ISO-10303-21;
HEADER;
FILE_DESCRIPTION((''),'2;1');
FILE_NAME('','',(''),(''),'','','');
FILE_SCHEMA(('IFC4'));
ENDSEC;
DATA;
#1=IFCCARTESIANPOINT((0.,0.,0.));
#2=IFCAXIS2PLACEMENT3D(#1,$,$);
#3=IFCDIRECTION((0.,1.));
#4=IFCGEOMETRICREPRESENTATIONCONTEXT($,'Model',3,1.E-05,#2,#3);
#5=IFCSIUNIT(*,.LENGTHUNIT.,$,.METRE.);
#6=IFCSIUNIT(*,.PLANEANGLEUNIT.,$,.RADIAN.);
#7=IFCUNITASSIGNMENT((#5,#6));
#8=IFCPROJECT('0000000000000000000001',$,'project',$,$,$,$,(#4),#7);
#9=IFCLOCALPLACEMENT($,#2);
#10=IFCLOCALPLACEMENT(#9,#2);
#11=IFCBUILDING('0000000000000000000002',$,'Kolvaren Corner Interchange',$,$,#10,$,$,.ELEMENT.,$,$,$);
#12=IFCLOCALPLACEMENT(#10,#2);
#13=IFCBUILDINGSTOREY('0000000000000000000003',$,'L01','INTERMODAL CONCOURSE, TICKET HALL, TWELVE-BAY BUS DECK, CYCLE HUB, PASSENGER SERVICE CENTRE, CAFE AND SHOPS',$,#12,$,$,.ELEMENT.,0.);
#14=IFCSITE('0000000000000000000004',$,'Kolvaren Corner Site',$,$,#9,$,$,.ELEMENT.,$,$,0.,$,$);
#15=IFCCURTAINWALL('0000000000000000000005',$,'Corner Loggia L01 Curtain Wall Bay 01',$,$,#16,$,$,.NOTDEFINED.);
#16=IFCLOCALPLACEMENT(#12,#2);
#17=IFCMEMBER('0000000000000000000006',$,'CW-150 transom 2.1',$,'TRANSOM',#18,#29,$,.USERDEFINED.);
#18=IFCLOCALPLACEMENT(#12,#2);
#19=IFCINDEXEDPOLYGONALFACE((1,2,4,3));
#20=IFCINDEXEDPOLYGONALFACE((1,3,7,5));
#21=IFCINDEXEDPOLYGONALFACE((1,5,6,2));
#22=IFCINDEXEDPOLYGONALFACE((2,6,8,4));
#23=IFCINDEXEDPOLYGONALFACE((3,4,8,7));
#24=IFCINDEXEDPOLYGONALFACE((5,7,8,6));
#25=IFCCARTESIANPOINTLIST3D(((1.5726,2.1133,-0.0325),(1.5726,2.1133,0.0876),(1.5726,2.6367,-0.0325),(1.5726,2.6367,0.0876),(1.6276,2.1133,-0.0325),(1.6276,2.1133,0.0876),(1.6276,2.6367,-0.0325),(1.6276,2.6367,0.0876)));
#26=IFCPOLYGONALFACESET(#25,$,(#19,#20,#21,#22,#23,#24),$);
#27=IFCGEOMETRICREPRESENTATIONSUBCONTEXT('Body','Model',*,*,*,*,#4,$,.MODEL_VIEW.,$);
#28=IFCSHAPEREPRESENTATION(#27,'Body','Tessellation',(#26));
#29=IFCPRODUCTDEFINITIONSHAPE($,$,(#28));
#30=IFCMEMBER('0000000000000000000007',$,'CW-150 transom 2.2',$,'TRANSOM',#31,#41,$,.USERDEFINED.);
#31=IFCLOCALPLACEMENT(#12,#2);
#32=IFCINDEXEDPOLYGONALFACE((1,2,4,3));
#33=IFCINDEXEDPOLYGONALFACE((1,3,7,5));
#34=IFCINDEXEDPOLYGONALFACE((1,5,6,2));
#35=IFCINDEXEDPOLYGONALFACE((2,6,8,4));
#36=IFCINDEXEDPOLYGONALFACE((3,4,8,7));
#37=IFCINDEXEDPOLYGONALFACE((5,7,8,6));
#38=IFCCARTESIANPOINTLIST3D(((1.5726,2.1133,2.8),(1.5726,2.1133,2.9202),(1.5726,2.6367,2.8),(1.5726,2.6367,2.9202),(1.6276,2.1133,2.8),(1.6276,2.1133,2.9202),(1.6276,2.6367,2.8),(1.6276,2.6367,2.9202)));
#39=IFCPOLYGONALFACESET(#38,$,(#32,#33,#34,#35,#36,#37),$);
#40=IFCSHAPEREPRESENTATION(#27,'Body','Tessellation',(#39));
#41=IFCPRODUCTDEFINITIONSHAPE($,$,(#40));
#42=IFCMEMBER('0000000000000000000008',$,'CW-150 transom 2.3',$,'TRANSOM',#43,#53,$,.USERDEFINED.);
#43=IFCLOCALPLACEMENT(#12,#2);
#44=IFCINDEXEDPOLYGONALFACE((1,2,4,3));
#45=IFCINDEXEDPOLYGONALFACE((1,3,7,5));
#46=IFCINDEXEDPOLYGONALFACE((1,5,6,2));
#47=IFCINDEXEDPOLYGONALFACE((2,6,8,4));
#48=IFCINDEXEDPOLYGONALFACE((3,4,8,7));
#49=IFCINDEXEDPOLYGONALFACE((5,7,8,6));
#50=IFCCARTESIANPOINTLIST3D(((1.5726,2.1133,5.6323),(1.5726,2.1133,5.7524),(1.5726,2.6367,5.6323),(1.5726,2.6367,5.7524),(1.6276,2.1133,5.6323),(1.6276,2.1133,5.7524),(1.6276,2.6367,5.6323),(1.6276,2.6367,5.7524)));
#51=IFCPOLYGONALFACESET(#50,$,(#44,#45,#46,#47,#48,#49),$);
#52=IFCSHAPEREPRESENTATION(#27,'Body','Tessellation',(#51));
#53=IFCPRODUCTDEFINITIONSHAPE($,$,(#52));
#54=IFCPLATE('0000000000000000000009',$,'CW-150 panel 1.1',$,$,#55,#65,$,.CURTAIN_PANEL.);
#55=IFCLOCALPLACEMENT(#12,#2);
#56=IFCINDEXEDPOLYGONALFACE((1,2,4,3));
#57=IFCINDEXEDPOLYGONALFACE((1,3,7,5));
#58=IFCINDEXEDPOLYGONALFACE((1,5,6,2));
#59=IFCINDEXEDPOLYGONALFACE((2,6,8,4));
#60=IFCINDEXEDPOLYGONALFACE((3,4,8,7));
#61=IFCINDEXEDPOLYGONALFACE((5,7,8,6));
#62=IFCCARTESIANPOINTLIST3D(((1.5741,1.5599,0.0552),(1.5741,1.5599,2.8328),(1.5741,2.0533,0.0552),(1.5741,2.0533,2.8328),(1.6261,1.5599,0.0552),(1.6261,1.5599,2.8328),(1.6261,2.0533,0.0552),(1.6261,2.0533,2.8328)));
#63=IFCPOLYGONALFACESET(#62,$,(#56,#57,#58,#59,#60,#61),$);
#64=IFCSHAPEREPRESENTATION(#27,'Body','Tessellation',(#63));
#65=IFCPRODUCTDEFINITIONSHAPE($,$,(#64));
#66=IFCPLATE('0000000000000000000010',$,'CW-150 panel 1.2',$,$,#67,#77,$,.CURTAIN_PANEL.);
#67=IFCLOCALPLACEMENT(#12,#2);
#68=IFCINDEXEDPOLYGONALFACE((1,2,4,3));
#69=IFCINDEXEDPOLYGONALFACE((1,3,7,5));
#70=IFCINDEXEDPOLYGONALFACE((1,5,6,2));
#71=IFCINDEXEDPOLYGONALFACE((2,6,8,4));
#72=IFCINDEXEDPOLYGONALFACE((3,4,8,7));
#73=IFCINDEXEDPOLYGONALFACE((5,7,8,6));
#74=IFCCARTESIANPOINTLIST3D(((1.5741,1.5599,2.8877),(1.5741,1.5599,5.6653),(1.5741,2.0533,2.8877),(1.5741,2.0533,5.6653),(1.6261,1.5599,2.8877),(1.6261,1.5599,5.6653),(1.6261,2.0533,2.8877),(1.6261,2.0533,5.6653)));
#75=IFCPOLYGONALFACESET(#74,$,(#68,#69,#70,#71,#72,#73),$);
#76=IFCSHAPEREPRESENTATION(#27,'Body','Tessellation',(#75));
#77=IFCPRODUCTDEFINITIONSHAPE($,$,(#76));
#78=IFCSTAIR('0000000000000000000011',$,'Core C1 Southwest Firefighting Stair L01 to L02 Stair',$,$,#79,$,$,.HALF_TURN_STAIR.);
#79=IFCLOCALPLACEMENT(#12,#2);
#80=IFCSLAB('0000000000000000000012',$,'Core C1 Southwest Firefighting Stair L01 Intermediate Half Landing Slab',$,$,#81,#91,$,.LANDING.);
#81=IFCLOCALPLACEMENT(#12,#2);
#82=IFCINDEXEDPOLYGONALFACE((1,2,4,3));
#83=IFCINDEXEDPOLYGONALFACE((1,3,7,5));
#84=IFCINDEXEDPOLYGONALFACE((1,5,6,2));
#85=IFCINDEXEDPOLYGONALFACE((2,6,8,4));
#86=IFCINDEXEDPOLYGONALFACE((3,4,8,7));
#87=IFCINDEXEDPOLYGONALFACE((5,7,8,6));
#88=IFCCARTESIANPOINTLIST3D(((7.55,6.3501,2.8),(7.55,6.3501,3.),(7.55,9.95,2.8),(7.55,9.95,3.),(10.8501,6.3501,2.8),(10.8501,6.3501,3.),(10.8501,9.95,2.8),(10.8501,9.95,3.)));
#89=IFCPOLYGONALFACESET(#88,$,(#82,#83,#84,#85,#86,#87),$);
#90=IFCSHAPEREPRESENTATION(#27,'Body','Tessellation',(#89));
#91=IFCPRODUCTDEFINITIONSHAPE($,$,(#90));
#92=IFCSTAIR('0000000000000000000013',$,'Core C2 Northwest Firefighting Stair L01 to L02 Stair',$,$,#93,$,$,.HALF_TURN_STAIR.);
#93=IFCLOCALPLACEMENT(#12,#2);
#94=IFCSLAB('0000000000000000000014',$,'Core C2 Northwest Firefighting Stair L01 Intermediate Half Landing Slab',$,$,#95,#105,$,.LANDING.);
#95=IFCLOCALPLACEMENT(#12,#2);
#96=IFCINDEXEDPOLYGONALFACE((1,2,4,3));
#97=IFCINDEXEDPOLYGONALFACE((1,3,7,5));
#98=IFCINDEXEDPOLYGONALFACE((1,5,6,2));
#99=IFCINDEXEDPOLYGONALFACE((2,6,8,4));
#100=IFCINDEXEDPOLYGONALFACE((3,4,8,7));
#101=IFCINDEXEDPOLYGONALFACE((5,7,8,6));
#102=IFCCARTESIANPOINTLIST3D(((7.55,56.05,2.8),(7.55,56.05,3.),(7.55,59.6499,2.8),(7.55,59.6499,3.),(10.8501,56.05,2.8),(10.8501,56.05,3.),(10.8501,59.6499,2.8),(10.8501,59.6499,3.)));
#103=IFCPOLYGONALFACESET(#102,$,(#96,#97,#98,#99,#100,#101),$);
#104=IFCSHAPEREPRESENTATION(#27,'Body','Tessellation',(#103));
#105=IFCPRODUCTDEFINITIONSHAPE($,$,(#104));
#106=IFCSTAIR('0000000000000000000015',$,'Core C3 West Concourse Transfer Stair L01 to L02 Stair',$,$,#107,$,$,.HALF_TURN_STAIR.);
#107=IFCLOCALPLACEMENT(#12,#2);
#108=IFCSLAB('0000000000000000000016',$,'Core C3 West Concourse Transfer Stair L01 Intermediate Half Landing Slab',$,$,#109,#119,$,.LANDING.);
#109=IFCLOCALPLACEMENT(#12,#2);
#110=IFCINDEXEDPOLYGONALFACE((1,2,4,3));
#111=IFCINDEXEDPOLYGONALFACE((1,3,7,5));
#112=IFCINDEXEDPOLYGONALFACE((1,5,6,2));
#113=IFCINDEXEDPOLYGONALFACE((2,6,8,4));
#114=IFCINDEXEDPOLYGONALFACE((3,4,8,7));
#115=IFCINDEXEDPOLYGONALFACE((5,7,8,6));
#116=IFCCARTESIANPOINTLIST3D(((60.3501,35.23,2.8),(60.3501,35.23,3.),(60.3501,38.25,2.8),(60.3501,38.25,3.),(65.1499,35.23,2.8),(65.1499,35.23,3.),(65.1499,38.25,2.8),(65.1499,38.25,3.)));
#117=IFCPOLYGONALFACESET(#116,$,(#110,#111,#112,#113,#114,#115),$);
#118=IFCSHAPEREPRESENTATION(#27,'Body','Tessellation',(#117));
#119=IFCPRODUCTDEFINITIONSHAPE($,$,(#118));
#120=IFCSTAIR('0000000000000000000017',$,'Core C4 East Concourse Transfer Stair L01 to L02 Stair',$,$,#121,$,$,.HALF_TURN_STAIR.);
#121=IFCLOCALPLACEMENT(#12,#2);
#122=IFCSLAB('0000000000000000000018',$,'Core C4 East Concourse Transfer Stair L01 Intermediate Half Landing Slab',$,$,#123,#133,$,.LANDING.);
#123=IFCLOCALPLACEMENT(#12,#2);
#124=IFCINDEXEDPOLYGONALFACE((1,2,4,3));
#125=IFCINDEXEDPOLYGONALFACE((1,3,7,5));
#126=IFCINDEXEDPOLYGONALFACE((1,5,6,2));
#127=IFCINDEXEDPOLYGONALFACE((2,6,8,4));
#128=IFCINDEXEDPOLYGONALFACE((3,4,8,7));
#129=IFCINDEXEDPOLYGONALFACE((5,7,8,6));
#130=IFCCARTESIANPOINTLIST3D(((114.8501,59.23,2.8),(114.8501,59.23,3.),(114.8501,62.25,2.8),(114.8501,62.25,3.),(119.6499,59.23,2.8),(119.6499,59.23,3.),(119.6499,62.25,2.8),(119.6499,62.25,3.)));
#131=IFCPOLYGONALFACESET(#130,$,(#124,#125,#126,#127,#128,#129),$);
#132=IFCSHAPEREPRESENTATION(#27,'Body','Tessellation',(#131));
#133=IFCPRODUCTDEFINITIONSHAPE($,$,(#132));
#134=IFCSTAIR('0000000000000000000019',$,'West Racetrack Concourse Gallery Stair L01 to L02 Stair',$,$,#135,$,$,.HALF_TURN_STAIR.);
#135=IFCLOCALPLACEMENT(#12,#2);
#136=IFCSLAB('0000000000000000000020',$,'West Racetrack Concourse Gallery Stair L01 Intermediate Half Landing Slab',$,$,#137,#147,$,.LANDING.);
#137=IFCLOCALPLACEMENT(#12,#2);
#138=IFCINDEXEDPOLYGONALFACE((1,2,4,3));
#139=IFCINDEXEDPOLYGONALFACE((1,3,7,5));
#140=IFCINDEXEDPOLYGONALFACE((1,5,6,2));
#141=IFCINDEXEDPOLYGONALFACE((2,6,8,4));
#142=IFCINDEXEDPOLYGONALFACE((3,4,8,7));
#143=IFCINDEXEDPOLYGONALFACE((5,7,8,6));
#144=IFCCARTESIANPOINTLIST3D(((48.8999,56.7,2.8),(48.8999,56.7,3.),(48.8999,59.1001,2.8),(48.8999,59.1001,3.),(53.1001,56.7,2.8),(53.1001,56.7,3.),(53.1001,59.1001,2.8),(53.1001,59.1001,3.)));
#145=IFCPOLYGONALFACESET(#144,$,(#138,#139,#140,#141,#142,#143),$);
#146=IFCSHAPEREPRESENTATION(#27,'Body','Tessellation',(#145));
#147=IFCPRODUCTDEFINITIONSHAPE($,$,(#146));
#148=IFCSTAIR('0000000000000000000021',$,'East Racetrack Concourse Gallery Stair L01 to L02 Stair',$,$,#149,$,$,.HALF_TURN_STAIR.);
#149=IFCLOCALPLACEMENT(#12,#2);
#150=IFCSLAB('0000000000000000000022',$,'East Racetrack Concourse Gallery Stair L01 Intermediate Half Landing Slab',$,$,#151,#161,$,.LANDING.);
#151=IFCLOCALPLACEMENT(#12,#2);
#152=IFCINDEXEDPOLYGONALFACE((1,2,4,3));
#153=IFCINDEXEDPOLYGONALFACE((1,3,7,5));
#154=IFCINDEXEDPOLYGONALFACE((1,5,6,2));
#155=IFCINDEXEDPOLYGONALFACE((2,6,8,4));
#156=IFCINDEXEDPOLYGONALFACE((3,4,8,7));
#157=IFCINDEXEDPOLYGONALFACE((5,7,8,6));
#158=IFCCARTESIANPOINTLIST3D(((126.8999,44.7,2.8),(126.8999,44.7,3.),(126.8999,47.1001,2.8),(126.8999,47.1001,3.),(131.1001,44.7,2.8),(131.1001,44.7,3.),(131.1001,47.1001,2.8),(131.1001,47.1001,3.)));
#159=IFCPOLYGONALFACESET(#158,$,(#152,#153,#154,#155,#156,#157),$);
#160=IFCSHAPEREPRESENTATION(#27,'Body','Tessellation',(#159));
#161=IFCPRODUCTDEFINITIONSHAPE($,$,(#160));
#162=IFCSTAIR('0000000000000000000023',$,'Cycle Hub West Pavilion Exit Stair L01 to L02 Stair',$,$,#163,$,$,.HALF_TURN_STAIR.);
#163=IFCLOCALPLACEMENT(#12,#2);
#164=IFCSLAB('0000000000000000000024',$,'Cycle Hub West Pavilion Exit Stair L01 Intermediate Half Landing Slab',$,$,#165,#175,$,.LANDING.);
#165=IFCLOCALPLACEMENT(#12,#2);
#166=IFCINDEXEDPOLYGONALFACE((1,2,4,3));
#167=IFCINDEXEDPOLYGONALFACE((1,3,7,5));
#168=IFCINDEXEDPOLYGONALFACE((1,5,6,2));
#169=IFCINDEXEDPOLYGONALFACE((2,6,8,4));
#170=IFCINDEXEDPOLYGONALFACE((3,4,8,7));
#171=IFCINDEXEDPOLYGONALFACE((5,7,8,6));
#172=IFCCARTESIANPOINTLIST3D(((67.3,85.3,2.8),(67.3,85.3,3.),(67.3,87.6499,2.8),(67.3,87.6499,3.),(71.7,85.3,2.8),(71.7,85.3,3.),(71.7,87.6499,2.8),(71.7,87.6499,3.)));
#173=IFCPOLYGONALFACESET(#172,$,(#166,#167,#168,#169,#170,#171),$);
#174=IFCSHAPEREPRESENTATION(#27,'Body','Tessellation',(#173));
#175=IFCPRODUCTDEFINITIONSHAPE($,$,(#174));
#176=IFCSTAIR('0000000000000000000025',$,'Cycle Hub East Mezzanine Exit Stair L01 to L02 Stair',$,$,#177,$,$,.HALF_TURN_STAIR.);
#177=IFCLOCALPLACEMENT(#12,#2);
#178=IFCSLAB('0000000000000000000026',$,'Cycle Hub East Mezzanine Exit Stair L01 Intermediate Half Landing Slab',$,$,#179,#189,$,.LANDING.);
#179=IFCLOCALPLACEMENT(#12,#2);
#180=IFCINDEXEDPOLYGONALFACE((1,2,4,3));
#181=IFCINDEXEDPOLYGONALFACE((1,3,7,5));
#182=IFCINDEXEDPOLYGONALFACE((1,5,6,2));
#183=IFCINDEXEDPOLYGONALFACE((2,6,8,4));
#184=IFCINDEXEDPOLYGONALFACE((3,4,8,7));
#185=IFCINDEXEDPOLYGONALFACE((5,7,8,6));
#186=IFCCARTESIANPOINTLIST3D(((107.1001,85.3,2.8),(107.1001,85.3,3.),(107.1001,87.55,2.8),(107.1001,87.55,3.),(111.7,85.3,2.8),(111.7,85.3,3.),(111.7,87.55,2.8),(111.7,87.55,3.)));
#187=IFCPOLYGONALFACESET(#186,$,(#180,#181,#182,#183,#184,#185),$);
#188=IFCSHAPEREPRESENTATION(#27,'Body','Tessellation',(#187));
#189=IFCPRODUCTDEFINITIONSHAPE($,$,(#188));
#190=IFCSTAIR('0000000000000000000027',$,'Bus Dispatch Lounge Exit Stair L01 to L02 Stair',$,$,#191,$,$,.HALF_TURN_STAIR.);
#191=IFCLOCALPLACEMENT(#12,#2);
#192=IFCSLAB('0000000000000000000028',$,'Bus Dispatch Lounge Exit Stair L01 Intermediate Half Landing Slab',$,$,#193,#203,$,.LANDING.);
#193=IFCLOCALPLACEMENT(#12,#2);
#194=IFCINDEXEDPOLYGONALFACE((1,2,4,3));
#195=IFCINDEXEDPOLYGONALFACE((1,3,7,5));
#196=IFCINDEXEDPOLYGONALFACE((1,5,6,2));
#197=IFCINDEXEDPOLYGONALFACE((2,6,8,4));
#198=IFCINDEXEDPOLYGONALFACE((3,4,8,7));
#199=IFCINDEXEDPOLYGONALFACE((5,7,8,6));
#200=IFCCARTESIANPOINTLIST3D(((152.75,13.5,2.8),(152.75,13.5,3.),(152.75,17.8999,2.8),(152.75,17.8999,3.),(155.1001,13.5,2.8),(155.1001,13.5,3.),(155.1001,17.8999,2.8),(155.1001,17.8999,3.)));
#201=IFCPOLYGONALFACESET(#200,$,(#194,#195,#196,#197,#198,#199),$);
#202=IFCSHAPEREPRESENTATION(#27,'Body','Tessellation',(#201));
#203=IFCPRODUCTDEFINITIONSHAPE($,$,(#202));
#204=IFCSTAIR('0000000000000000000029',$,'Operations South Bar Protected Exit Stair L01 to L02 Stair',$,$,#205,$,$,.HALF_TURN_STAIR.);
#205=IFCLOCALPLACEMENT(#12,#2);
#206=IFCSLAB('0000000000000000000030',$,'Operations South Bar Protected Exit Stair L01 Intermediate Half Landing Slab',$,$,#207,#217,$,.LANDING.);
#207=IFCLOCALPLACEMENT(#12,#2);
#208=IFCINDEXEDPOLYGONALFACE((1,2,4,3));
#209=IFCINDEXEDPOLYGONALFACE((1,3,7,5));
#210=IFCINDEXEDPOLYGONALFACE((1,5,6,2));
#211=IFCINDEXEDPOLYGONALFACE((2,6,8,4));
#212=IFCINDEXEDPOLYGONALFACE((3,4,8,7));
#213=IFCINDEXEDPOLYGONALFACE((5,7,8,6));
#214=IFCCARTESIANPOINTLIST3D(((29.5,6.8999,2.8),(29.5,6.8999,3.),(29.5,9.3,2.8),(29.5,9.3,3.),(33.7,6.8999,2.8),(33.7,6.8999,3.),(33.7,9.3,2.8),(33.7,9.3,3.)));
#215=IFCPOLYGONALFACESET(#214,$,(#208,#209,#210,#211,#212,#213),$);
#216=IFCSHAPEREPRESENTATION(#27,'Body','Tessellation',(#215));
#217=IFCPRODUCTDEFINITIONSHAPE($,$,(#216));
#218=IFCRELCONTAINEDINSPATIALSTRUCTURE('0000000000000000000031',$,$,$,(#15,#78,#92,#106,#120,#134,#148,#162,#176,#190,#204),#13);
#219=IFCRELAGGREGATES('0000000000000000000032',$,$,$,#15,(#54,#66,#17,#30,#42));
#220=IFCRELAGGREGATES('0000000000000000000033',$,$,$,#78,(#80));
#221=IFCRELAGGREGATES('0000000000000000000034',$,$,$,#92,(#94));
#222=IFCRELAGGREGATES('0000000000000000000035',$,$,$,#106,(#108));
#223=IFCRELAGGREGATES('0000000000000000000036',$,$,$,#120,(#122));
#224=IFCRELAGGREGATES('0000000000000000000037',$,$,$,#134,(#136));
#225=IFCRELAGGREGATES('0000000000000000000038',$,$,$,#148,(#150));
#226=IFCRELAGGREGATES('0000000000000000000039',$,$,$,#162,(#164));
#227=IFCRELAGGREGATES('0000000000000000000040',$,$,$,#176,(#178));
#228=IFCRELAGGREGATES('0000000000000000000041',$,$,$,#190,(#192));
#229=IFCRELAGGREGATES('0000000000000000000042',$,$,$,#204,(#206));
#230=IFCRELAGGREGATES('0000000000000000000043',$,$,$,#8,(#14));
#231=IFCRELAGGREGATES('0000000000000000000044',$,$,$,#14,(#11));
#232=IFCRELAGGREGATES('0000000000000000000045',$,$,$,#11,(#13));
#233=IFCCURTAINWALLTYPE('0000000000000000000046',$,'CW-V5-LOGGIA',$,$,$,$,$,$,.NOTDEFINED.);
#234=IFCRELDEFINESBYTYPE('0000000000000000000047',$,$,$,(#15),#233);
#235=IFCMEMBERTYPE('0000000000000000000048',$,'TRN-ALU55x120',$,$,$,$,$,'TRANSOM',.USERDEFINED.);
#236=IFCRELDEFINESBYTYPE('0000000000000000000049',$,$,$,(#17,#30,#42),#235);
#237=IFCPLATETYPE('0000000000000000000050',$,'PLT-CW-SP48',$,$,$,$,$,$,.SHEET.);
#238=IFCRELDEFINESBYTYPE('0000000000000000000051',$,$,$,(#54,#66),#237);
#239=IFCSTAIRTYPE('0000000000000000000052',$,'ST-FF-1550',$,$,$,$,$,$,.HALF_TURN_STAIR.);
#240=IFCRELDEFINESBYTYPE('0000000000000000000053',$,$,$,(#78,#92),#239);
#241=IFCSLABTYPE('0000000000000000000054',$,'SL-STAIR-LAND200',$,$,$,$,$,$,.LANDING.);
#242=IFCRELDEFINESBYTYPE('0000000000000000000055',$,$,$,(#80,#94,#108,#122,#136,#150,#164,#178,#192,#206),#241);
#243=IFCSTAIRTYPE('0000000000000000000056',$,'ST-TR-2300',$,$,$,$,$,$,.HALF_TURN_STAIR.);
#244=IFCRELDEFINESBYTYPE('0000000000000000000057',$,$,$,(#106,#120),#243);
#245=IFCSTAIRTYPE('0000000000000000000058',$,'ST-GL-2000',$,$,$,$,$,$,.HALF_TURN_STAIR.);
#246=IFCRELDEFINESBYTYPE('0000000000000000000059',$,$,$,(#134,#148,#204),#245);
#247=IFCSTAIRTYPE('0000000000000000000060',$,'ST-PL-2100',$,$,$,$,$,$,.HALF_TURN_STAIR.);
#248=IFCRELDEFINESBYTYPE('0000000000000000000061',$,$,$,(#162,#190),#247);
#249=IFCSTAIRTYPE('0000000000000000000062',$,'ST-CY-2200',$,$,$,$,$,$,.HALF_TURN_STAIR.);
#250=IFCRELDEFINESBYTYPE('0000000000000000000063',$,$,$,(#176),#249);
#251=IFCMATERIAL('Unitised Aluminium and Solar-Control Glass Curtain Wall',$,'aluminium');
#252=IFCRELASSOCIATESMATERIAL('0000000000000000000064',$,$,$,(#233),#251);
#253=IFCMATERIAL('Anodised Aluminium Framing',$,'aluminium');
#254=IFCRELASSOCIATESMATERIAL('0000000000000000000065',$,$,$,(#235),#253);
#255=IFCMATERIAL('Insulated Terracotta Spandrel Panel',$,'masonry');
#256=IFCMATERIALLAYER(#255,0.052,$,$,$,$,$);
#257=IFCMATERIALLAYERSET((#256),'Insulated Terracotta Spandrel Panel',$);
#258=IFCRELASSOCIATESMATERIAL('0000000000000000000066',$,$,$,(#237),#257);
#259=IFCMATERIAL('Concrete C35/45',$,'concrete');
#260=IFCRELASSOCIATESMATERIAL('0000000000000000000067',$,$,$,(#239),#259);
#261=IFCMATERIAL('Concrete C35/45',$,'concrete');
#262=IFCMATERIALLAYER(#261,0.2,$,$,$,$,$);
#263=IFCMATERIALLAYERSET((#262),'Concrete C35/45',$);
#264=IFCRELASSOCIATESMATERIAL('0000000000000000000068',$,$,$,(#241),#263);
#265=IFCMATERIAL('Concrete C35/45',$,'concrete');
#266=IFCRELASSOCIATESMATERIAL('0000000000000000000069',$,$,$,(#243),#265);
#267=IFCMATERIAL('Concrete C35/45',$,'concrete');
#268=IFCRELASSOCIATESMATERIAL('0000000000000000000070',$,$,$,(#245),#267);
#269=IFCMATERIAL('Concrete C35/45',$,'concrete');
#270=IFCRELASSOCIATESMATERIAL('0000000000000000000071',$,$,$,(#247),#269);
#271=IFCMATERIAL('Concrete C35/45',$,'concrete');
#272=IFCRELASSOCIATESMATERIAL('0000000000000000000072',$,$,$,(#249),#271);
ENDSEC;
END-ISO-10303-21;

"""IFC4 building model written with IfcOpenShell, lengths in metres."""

from ifc_helpers import new_model, si_unit, direction, frame, origin, origin_2d, place, context, subcontext, project, spatial, polyline, rectangle, outline, extrude, material, layer, layer_set, material_profile, profile_set, type_object, element, aggregate, save


model = new_model("IFC4")

# Units and contexts
model_context = context("Model", 3, precision=1e-05, world=origin(), true_north=direction((0.0, 1.0)))
body_context = subcontext(model_context, "Body", "Model", "MODEL_VIEW")
ifc_project = project(units=[si_unit("LENGTHUNIT", "METRE"), si_unit("PLANEANGLEUNIT", "RADIAN")], contexts=[model_context])

# Site, building, storey
site_placement = place(None, origin())
site = spatial("IfcSite", under=ifc_project, at=site_placement, Name="Kolvaren Corner Site", CompositionType="ELEMENT", RefElevation=0.0)
building_placement = place(site_placement, origin())
building = spatial("IfcBuilding", under=site, at=building_placement, Name="Kolvaren Corner Interchange", CompositionType="ELEMENT")
storey_placement = place(building_placement, origin())
storey = spatial("IfcBuildingStorey", under=building, at=storey_placement, Name="L01", Description="INTERMODAL CONCOURSE, TICKET HALL, TWELVE-BAY BUS DECK, CYCLE HUB, PASSENGER SERVICE CENTRE, CAFE AND SHOPS", CompositionType="ELEMENT", Elevation=0.0)

# Curtain wall
ifc_material_1 = material(Name="Unitised Aluminium and Solar-Control Glass Curtain Wall", Category="aluminium")
curtain_wall_type = type_object("IfcCurtainWallType", Name="CW-V5-LOGGIA", PredefinedType="NOTDEFINED", material=ifc_material_1)
curtain_wall_placement = place(storey_placement, origin())
curtain_wall = element("IfcCurtainWall", 1, at=curtain_wall_placement, inside=storey, type_object=curtain_wall_type, Name="Corner Loggia L01 Curtain Wall Bay 01", PredefinedType="NOTDEFINED")

# Members
ifc_material_2 = material(Name="Anodised Aluminium Framing", Category="aluminium")
ifc_material_profile_1 = material_profile(ifc_material_2, rectangle(XDim=0.0549, YDim=0.1201, at=origin_2d()), Name="ALU 55x120")
ifc_profile_set_1 = profile_set([ifc_material_profile_1], Name="Anodised Aluminium Framing")
member_type_1 = type_object("IfcMemberType", Name="TRN-ALU55x120", ElementType="TRANSOM", PredefinedType="USERDEFINED", material=ifc_profile_set_1)
member_1_placement = place(storey_placement, frame((1.6001, 2.1133, 0.0276), z_axis=(0.0, 1.0, 0.0), x_axis=(-1.0, 0.0, 0.0)))
member_1 = element("IfcMember", 2, at=member_1_placement, type_object=member_type_1, Name="CW-150 transom 2.1", ObjectType="TRANSOM", PredefinedType="USERDEFINED", context=body_context, shape_type="SweptSolid", body=[
    extrude(rectangle(XDim=0.0549, YDim=0.1201, at=origin_2d()), origin(), (0.0, 0.0, 1.0), 0.5234),
])
member_2_placement = place(storey_placement, frame((1.6001, 2.1133, 2.8601), z_axis=(0.0, 1.0, 0.0), x_axis=(-1.0, 0.0, 0.0)))
member_2 = element("IfcMember", 3, at=member_2_placement, type_object=member_type_1, Name="CW-150 transom 2.2", ObjectType="TRANSOM", PredefinedType="USERDEFINED", context=body_context, shape_type="SweptSolid", body=[
    extrude(rectangle(XDim=0.0549, YDim=0.1201, at=origin_2d()), origin(), (0.0, 0.0, 1.0), 0.5234),
])
member_3_placement = place(storey_placement, frame((1.6001, 2.1133, 5.6924), z_axis=(0.0, 1.0, 0.0), x_axis=(-1.0, 0.0, 0.0)))
member_3 = element("IfcMember", 4, at=member_3_placement, type_object=member_type_1, Name="CW-150 transom 2.3", ObjectType="TRANSOM", PredefinedType="USERDEFINED", context=body_context, shape_type="SweptSolid", body=[
    extrude(rectangle(XDim=0.0549, YDim=0.1201, at=origin_2d()), origin(), (0.0, 0.0, 1.0), 0.5234),
])

# Plates
ifc_material_3 = material(Name="Insulated Terracotta Spandrel Panel", Category="masonry")
ifc_layer_1 = layer(ifc_material_3, 0.052)
ifc_layer_set_1 = layer_set([ifc_layer_1], Name="Insulated Terracotta Spandrel Panel")
plate_type = type_object("IfcPlateType", Name="PLT-CW-SP48", PredefinedType="SHEET", material=ifc_layer_set_1)
plate_1_placement = place(storey_placement, frame((1.6001, 1.8066, 0.0552), z_axis=(0.0, 0.0, 1.0), x_axis=(0.0, 1.0, 0.0)))
plate_1 = element("IfcPlate", 5, at=plate_1_placement, type_object=plate_type, Name="CW-150 panel 1.1", PredefinedType="CURTAIN_PANEL", context=body_context, shape_type="SweptSolid", body=[
    extrude(rectangle(XDim=0.4934, YDim=0.052, at=origin_2d()), origin(), (0.0, 0.0, 1.0), 2.7776),
])
plate_2_placement = place(storey_placement, frame((1.6001, 1.8066, 2.8877), z_axis=(0.0, 0.0, 1.0), x_axis=(0.0, 1.0, 0.0)))
plate_2 = element("IfcPlate", 6, at=plate_2_placement, type_object=plate_type, Name="CW-150 panel 1.2", PredefinedType="CURTAIN_PANEL", context=body_context, shape_type="SweptSolid", body=[
    extrude(rectangle(XDim=0.4934, YDim=0.052, at=origin_2d()), origin(), (0.0, 0.0, 1.0), 2.7776),
])
aggregate(curtain_wall, [plate_1, plate_2, member_1, member_2, member_3])

# Stairs, slabs
ifc_material_4 = material(Name="Concrete C35/45", Category="concrete")
stair_type_1 = type_object("IfcStairType", Name="ST-FF-1550", PredefinedType="HALF_TURN_STAIR", material=ifc_material_4)
stair_1_placement = place(storey_placement, origin())
stair_1 = element("IfcStair", 7, at=stair_1_placement, inside=storey, type_object=stair_type_1, Name="Core C1 Southwest Firefighting Stair L01 to L02 Stair", PredefinedType="HALF_TURN_STAIR")
ifc_material_5 = material(Name="Concrete C35/45", Category="concrete")
ifc_layer_2 = layer(ifc_material_5, 0.2)
ifc_layer_set_2 = layer_set([ifc_layer_2], Name="Concrete C35/45")
slab_type = type_object("IfcSlabType", Name="SL-STAIR-LAND200", PredefinedType="LANDING", material=ifc_layer_set_2)
slab_1_placement = place(storey_placement, frame((0.0, 0.0, 2.8)))
slab_1 = element("IfcSlab", 8, at=slab_1_placement, type_object=slab_type, Name="Core C1 Southwest Firefighting Stair L01 Intermediate Half Landing Slab", PredefinedType="LANDING", context=body_context, shape_type="SweptSolid", body=[
    extrude(outline(polyline([(7.55, 9.95), (7.55, 6.3501), (10.8501, 6.3501), (10.8501, 9.95), (7.55, 9.95)])), origin(), (0.0, 0.0, 1.0), 0.2),
])
aggregate(stair_1, [slab_1])
stair_2_placement = place(storey_placement, origin())
stair_2 = element("IfcStair", 9, at=stair_2_placement, inside=storey, type_object=stair_type_1, Name="Core C2 Northwest Firefighting Stair L01 to L02 Stair", PredefinedType="HALF_TURN_STAIR")
slab_2_placement = place(storey_placement, frame((0.0, 0.0, 2.8)))
slab_2 = element("IfcSlab", 10, at=slab_2_placement, type_object=slab_type, Name="Core C2 Northwest Firefighting Stair L01 Intermediate Half Landing Slab", PredefinedType="LANDING", context=body_context, shape_type="SweptSolid", body=[
    extrude(outline(polyline([(10.8501, 56.05), (10.8501, 59.6499), (7.55, 59.6499), (7.55, 56.05), (10.8501, 56.05)])), origin(), (0.0, 0.0, 1.0), 0.2),
])
aggregate(stair_2, [slab_2])
ifc_material_6 = material(Name="Concrete C35/45", Category="concrete")
stair_type_2 = type_object("IfcStairType", Name="ST-TR-2300", PredefinedType="HALF_TURN_STAIR", material=ifc_material_6)
stair_3_placement = place(storey_placement, origin())
stair_3 = element("IfcStair", 11, at=stair_3_placement, inside=storey, type_object=stair_type_2, Name="Core C3 West Concourse Transfer Stair L01 to L02 Stair", PredefinedType="HALF_TURN_STAIR")
slab_3_placement = place(storey_placement, frame((0.0, 0.0, 2.8)))
slab_3 = element("IfcSlab", 12, at=slab_3_placement, type_object=slab_type, Name="Core C3 West Concourse Transfer Stair L01 Intermediate Half Landing Slab", PredefinedType="LANDING", context=body_context, shape_type="SweptSolid", body=[
    extrude(outline(polyline([(65.1499, 35.23), (65.1499, 38.25), (60.3501, 38.25), (60.3501, 35.23), (65.1499, 35.23)])), origin(), (0.0, 0.0, 1.0), 0.2),
])
aggregate(stair_3, [slab_3])
stair_4_placement = place(storey_placement, origin())
stair_4 = element("IfcStair", 13, at=stair_4_placement, inside=storey, type_object=stair_type_2, Name="Core C4 East Concourse Transfer Stair L01 to L02 Stair", PredefinedType="HALF_TURN_STAIR")
slab_4_placement = place(storey_placement, frame((0.0, 0.0, 2.8)))
slab_4 = element("IfcSlab", 14, at=slab_4_placement, type_object=slab_type, Name="Core C4 East Concourse Transfer Stair L01 Intermediate Half Landing Slab", PredefinedType="LANDING", context=body_context, shape_type="SweptSolid", body=[
    extrude(outline(polyline([(119.6499, 59.23), (119.6499, 62.25), (114.8501, 62.25), (114.8501, 59.23), (119.6499, 59.23)])), origin(), (0.0, 0.0, 1.0), 0.2),
])
aggregate(stair_4, [slab_4])
ifc_material_7 = material(Name="Concrete C35/45", Category="concrete")
stair_type_3 = type_object("IfcStairType", Name="ST-GL-2000", PredefinedType="HALF_TURN_STAIR", material=ifc_material_7)
stair_5_placement = place(storey_placement, origin())
stair_5 = element("IfcStair", 15, at=stair_5_placement, inside=storey, type_object=stair_type_3, Name="West Racetrack Concourse Gallery Stair L01 to L02 Stair", PredefinedType="HALF_TURN_STAIR")
slab_5_placement = place(storey_placement, frame((0.0, 0.0, 2.8)))
slab_5 = element("IfcSlab", 16, at=slab_5_placement, type_object=slab_type, Name="West Racetrack Concourse Gallery Stair L01 Intermediate Half Landing Slab", PredefinedType="LANDING", context=body_context, shape_type="SweptSolid", body=[
    extrude(outline(polyline([(53.1001, 56.7), (53.1001, 59.1001), (48.8999, 59.1001), (48.8999, 56.7), (53.1001, 56.7)])), origin(), (0.0, 0.0, 1.0), 0.2),
])
aggregate(stair_5, [slab_5])
stair_6_placement = place(storey_placement, origin())
stair_6 = element("IfcStair", 17, at=stair_6_placement, inside=storey, type_object=stair_type_3, Name="East Racetrack Concourse Gallery Stair L01 to L02 Stair", PredefinedType="HALF_TURN_STAIR")
slab_6_placement = place(storey_placement, frame((0.0, 0.0, 2.8)))
slab_6 = element("IfcSlab", 18, at=slab_6_placement, type_object=slab_type, Name="East Racetrack Concourse Gallery Stair L01 Intermediate Half Landing Slab", PredefinedType="LANDING", context=body_context, shape_type="SweptSolid", body=[
    extrude(outline(polyline([(131.1001, 44.7), (131.1001, 47.1001), (126.8999, 47.1001), (126.8999, 44.7), (131.1001, 44.7)])), origin(), (0.0, 0.0, 1.0), 0.2),
])
aggregate(stair_6, [slab_6])
ifc_material_8 = material(Name="Concrete C35/45", Category="concrete")
stair_type_4 = type_object("IfcStairType", Name="ST-PL-2100", PredefinedType="HALF_TURN_STAIR", material=ifc_material_8)
stair_7_placement = place(storey_placement, origin())
stair_7 = element("IfcStair", 19, at=stair_7_placement, inside=storey, type_object=stair_type_4, Name="Cycle Hub West Pavilion Exit Stair L01 to L02 Stair", PredefinedType="HALF_TURN_STAIR")
slab_7_placement = place(storey_placement, frame((0.0, 0.0, 2.8)))
slab_7 = element("IfcSlab", 20, at=slab_7_placement, type_object=slab_type, Name="Cycle Hub West Pavilion Exit Stair L01 Intermediate Half Landing Slab", PredefinedType="LANDING", context=body_context, shape_type="SweptSolid", body=[
    extrude(outline(polyline([(67.3, 87.6499), (67.3, 85.3), (71.7, 85.3), (71.7, 87.6499), (67.3, 87.6499)])), origin(), (0.0, 0.0, 1.0), 0.2),
])
aggregate(stair_7, [slab_7])
ifc_material_9 = material(Name="Concrete C35/45", Category="concrete")
stair_type_5 = type_object("IfcStairType", Name="ST-CY-2200", PredefinedType="HALF_TURN_STAIR", material=ifc_material_9)
stair_8_placement = place(storey_placement, origin())
stair_8 = element("IfcStair", 21, at=stair_8_placement, inside=storey, type_object=stair_type_5, Name="Cycle Hub East Mezzanine Exit Stair L01 to L02 Stair", PredefinedType="HALF_TURN_STAIR")
slab_8_placement = place(storey_placement, frame((0.0, 0.0, 2.8)))
slab_8 = element("IfcSlab", 22, at=slab_8_placement, type_object=slab_type, Name="Cycle Hub East Mezzanine Exit Stair L01 Intermediate Half Landing Slab", PredefinedType="LANDING", context=body_context, shape_type="SweptSolid", body=[
    extrude(outline(polyline([(107.1001, 87.55), (107.1001, 85.3), (111.7, 85.3), (111.7, 87.55), (107.1001, 87.55)])), origin(), (0.0, 0.0, 1.0), 0.2),
])
aggregate(stair_8, [slab_8])
stair_9_placement = place(storey_placement, origin())
stair_9 = element("IfcStair", 23, at=stair_9_placement, inside=storey, type_object=stair_type_4, Name="Bus Dispatch Lounge Exit Stair L01 to L02 Stair", PredefinedType="HALF_TURN_STAIR")
slab_9_placement = place(storey_placement, frame((0.0, 0.0, 2.8)))
slab_9 = element("IfcSlab", 24, at=slab_9_placement, type_object=slab_type, Name="Bus Dispatch Lounge Exit Stair L01 Intermediate Half Landing Slab", PredefinedType="LANDING", context=body_context, shape_type="SweptSolid", body=[
    extrude(outline(polyline([(152.75, 13.5), (155.1001, 13.5), (155.1001, 17.8999), (152.75, 17.8999), (152.75, 13.5)])), origin(), (0.0, 0.0, 1.0), 0.2),
])
aggregate(stair_9, [slab_9])
stair_10_placement = place(storey_placement, origin())
stair_10 = element("IfcStair", 25, at=stair_10_placement, inside=storey, type_object=stair_type_3, Name="Operations South Bar Protected Exit Stair L01 to L02 Stair", PredefinedType="HALF_TURN_STAIR")
slab_10_placement = place(storey_placement, frame((0.0, 0.0, 2.8)))
slab_10 = element("IfcSlab", 26, at=slab_10_placement, type_object=slab_type, Name="Operations South Bar Protected Exit Stair L01 Intermediate Half Landing Slab", PredefinedType="LANDING", context=body_context, shape_type="SweptSolid", body=[
    extrude(outline(polyline([(29.5, 9.3), (29.5, 6.8999), (33.7, 6.8999), (33.7, 9.3), (29.5, 9.3)])), origin(), (0.0, 0.0, 1.0), 0.2),
])
aggregate(stair_10, [slab_10])

save(model, "model.ifc")
